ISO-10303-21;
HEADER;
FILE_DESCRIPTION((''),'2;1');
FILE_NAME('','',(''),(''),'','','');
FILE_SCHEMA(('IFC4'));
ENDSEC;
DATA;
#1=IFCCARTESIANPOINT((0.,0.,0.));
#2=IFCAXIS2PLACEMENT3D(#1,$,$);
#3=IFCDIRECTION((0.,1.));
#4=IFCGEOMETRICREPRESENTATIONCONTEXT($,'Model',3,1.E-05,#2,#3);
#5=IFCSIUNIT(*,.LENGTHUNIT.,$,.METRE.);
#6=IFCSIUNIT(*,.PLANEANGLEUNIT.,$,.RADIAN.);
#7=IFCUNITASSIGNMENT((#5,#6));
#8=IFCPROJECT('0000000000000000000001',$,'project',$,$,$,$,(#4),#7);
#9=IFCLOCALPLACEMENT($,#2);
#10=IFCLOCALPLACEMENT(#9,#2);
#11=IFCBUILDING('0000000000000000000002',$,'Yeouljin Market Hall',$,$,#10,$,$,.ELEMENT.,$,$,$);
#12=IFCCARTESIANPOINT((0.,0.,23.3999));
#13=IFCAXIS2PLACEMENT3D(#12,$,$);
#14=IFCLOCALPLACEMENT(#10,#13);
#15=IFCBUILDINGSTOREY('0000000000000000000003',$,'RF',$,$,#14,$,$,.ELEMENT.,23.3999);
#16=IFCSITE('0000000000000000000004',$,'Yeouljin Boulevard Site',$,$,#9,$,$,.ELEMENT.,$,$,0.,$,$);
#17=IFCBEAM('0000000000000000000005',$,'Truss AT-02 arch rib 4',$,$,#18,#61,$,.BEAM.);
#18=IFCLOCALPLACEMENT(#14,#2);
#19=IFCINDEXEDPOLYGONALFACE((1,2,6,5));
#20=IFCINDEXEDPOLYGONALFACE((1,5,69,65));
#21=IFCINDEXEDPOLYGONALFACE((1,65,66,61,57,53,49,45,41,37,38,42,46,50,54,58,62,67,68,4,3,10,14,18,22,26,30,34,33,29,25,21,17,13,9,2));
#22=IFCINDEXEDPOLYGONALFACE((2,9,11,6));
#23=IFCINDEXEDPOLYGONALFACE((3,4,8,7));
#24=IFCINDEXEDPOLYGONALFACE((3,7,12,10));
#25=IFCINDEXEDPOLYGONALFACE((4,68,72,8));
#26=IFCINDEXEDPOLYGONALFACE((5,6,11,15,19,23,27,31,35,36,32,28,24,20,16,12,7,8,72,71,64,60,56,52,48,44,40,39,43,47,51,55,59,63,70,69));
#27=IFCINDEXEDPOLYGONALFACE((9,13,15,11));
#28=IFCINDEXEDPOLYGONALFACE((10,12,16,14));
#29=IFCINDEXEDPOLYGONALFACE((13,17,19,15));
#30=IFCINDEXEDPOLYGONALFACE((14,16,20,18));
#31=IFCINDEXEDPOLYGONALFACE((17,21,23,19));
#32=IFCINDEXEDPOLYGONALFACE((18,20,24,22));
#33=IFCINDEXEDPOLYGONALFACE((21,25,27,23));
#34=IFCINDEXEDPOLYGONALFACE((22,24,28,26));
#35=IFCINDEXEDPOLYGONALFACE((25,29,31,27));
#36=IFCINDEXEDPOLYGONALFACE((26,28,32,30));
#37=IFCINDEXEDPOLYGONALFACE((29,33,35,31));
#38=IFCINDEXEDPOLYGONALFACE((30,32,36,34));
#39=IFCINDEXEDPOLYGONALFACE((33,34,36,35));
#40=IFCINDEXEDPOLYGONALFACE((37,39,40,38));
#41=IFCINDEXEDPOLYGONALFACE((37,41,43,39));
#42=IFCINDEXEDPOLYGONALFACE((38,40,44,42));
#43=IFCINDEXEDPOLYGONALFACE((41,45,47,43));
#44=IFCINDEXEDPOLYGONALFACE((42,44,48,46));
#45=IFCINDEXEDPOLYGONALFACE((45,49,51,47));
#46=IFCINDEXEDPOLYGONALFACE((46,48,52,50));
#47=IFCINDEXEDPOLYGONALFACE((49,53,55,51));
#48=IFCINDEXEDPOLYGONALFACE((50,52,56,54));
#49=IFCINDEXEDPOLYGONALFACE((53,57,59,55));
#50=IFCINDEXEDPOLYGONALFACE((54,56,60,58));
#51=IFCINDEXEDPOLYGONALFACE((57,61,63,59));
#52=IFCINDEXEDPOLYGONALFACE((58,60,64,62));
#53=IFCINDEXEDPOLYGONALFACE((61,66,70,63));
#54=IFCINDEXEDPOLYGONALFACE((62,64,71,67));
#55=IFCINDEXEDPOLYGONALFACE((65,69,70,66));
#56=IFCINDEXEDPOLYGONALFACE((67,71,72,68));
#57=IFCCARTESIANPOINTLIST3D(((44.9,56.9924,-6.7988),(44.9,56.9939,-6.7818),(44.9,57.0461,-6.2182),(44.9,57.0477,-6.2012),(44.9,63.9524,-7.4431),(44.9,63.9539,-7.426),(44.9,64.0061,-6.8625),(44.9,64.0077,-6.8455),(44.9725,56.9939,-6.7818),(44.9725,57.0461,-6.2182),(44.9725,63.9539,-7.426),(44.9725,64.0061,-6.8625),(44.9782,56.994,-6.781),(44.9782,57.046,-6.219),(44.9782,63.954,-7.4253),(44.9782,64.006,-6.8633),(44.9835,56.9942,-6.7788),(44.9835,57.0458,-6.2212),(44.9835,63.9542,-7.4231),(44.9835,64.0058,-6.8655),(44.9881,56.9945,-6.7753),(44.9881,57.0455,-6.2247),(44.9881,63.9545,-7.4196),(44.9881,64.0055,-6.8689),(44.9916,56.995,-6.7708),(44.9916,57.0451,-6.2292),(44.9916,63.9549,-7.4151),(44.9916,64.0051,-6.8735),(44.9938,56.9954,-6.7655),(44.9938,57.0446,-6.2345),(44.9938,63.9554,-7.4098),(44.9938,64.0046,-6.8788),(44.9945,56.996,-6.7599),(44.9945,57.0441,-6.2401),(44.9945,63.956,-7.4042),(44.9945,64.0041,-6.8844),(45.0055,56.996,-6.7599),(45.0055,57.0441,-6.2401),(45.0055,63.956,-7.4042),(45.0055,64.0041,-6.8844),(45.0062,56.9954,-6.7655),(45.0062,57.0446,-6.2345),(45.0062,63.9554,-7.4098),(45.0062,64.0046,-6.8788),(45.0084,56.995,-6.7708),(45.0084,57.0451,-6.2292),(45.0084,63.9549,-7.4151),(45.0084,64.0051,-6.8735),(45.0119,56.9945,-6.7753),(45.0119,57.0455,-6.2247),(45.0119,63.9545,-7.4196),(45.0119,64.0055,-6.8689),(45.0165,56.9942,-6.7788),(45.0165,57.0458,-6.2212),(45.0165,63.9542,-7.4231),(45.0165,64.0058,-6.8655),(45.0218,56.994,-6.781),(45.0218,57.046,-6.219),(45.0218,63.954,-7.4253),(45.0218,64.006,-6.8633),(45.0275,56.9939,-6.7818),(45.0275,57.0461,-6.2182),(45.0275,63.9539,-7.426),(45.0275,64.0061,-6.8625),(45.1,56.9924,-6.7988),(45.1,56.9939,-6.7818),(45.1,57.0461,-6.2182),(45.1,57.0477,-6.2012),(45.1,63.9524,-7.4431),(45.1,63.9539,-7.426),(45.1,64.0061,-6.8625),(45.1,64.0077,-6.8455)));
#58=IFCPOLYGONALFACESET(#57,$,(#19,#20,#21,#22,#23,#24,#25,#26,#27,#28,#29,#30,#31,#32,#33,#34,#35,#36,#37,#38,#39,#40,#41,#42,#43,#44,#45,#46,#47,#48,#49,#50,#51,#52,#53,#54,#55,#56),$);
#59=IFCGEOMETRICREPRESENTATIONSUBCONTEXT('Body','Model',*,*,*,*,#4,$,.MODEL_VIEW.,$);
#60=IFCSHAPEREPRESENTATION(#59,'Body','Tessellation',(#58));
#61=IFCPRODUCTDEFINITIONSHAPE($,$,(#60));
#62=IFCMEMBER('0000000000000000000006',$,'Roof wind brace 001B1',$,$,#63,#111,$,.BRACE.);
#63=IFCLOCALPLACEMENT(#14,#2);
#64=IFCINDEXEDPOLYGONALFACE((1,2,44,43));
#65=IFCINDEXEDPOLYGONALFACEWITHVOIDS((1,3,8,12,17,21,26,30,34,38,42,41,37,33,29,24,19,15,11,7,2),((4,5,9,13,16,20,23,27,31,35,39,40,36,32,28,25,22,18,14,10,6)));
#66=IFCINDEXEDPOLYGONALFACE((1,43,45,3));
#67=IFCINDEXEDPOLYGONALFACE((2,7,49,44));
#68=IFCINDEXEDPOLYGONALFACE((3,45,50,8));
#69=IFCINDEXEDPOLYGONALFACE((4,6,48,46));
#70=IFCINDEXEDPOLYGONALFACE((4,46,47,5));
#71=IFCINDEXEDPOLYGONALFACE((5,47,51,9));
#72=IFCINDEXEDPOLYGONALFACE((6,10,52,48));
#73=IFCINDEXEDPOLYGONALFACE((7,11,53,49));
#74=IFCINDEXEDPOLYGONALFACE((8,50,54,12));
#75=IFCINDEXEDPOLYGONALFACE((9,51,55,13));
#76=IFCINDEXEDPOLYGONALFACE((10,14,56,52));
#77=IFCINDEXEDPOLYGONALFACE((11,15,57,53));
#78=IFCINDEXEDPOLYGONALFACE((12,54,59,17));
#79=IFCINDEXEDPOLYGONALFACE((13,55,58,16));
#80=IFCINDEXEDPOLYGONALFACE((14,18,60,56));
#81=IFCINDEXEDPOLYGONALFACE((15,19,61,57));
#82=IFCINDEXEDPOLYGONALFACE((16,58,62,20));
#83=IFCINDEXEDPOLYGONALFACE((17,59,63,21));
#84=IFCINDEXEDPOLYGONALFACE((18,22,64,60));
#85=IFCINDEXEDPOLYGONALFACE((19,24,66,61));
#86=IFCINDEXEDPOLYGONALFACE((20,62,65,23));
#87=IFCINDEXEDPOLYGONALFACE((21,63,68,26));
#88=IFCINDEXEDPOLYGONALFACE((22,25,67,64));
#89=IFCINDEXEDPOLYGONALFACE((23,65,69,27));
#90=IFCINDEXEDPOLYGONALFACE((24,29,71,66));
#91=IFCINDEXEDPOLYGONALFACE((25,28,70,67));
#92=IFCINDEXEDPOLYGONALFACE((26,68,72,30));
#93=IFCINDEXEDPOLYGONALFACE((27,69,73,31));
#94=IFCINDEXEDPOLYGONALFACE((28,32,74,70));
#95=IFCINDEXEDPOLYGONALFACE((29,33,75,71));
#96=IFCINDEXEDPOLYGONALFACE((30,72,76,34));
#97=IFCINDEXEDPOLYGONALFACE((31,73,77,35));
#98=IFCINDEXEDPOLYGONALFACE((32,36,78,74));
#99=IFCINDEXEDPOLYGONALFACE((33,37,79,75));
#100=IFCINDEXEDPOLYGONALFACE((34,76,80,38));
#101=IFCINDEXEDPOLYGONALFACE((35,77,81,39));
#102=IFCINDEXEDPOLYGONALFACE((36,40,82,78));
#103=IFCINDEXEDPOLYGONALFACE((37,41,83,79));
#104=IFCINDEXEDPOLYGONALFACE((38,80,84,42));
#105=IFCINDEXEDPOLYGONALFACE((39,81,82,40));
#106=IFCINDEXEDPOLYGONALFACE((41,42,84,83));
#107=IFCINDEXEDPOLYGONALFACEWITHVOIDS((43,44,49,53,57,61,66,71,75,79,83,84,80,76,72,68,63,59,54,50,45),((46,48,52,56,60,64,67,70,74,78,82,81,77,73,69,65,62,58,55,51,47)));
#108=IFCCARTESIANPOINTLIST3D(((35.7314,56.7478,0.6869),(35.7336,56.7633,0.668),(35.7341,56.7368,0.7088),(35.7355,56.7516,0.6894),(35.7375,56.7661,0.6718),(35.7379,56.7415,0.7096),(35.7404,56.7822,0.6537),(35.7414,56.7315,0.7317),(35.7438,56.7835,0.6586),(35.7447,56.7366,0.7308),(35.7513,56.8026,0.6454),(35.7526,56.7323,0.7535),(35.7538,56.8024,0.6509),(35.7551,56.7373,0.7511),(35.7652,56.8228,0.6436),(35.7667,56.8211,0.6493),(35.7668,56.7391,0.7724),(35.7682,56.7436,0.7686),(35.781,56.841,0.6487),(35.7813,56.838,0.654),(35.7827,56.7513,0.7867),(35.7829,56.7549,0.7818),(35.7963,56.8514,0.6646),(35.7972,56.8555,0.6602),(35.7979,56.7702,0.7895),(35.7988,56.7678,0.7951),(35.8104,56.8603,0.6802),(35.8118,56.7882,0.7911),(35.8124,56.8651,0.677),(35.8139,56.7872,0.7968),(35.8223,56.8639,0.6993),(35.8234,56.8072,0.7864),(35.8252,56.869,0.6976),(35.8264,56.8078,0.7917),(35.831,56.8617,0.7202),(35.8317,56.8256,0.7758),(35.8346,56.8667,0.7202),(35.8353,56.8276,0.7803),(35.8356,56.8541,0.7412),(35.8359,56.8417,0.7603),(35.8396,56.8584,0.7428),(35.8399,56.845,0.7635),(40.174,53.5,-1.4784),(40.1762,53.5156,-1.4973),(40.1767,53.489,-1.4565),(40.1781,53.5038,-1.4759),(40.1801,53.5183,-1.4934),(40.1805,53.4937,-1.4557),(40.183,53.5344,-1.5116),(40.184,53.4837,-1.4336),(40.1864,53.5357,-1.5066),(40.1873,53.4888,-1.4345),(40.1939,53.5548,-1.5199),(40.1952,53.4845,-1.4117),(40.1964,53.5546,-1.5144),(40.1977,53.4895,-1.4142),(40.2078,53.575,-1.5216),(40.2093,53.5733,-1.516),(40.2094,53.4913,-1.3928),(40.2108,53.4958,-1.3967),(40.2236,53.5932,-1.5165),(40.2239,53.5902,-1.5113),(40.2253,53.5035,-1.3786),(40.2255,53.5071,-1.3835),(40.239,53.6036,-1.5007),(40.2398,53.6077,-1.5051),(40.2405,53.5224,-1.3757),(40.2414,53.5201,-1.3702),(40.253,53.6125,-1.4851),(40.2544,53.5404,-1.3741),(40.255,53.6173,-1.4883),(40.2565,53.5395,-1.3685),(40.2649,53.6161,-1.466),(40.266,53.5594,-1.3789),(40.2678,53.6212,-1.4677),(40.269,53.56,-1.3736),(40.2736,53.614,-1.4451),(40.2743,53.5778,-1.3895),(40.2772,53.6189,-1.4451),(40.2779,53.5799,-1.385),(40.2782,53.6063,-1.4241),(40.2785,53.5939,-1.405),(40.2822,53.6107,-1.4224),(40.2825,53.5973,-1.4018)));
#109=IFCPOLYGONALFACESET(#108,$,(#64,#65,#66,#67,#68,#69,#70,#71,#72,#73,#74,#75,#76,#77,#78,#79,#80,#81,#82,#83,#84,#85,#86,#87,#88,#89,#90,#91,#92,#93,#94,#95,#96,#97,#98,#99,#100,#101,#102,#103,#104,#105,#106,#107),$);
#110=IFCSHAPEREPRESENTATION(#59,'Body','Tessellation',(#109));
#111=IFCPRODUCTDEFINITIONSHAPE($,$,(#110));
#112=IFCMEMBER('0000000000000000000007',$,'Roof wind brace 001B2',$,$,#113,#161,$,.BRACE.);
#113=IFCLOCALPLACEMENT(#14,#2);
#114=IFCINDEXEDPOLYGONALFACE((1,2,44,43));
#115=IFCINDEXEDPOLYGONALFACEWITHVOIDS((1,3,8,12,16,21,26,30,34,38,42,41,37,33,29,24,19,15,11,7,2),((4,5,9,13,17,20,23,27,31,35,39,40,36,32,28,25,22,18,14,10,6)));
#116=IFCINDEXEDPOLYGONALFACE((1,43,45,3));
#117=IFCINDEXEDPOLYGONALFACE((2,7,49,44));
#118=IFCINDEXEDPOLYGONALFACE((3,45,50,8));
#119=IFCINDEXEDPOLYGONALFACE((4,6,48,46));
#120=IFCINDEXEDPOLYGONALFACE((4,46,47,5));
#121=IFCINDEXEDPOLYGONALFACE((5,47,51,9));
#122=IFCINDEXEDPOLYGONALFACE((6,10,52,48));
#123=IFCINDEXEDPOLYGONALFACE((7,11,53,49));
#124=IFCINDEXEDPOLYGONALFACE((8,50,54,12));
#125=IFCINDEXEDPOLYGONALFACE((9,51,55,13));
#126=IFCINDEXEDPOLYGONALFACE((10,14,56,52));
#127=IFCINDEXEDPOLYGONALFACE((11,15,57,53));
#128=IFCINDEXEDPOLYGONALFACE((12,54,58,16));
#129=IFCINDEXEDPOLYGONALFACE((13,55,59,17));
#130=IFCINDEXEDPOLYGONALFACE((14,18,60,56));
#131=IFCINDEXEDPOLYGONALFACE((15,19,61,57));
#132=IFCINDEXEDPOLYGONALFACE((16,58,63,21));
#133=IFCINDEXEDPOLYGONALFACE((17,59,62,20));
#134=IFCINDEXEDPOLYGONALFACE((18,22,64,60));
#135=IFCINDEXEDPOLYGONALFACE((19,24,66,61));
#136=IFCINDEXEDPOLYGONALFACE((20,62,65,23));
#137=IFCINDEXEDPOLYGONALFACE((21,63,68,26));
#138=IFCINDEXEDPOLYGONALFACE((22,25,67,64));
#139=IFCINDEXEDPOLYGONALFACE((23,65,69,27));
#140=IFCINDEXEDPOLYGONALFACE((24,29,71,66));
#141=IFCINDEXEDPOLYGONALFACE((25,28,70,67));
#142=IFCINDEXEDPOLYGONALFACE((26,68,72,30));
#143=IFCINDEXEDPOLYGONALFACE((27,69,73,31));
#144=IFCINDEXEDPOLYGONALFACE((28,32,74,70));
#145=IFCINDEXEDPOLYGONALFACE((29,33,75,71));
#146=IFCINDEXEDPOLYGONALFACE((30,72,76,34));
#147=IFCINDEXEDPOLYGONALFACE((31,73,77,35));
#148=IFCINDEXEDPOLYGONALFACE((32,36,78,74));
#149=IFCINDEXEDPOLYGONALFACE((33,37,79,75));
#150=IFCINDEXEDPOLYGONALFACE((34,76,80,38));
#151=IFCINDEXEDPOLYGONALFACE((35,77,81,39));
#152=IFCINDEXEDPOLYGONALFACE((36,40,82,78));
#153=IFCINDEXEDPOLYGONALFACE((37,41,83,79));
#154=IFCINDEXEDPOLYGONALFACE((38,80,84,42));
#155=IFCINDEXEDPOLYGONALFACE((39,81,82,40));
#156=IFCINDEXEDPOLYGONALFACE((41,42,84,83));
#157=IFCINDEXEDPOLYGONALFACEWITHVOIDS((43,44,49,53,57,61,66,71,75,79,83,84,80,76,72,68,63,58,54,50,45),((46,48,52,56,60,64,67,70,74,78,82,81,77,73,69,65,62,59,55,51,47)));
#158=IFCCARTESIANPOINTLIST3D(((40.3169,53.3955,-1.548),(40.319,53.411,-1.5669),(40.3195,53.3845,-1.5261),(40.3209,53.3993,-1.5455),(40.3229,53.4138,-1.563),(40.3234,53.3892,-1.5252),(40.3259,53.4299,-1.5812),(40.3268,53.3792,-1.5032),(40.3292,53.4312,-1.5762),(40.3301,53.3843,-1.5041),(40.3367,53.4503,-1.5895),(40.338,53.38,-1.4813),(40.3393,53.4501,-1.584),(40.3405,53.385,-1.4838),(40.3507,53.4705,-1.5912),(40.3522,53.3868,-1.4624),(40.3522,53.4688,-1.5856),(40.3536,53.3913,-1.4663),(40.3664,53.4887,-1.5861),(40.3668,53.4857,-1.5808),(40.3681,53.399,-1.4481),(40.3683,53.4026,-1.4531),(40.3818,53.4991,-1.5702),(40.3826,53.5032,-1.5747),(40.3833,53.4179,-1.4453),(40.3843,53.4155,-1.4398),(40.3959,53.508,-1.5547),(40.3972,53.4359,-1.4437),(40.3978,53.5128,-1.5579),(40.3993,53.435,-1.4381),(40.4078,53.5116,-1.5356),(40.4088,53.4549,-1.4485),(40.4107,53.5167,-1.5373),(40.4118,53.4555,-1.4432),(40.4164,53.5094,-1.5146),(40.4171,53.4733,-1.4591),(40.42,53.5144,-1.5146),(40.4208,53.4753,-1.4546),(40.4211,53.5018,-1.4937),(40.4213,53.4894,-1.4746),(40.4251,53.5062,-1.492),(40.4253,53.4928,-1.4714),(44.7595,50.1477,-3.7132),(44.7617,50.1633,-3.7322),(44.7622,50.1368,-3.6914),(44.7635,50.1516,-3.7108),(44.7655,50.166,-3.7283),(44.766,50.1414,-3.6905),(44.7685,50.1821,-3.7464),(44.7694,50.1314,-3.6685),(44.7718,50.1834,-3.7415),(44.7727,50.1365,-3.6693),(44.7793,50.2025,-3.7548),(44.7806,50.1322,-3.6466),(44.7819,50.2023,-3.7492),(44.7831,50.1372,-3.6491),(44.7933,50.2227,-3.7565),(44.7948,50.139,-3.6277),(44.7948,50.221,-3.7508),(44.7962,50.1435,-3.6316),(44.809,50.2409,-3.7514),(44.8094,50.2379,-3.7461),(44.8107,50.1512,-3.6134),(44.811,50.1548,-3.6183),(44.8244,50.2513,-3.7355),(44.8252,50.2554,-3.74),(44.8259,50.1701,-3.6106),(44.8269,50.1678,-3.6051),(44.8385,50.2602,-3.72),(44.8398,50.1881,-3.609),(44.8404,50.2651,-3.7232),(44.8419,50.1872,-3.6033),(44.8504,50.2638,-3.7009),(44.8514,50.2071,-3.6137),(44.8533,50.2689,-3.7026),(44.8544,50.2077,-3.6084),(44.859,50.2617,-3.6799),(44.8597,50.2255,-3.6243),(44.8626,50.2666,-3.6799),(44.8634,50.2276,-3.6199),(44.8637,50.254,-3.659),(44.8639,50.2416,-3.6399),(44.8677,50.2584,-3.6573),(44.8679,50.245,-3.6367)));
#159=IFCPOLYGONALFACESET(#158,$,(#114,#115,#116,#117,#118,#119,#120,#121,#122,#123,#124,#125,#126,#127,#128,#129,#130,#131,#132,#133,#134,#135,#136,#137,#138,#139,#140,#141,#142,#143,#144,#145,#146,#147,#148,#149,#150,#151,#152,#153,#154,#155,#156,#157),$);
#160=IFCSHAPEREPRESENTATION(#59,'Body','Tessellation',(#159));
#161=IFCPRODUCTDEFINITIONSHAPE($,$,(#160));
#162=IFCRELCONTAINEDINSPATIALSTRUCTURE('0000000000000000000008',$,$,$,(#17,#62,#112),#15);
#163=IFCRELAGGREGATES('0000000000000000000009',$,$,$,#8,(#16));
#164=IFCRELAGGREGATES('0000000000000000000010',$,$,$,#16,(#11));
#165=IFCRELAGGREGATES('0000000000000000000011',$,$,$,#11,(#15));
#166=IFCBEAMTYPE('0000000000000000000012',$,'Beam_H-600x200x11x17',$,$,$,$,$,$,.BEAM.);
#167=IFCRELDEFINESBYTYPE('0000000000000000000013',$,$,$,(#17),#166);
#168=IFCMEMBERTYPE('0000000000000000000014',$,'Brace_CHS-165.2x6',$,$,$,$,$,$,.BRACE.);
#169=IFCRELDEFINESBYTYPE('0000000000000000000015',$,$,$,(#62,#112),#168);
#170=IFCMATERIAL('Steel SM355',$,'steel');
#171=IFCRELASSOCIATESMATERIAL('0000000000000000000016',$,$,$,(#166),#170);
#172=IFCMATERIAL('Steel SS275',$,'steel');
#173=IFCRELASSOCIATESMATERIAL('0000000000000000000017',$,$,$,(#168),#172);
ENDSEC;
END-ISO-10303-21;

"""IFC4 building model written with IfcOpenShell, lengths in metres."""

from ifc_helpers import new_model, si_unit, direction, frame, origin, origin_2d, place, context, subcontext, project, spatial, hollow_circle, i_section, extrude, material, material_profile, profile_set, type_object, element, save


model = new_model("IFC4")

# Units and contexts
model_context = context("Model", 3, precision=1e-05, world=origin(), true_north=direction((0.0, 1.0)))
body_context = subcontext(model_context, "Body", "Model", "MODEL_VIEW")
ifc_project = project(units=[si_unit("LENGTHUNIT", "METRE"), si_unit("PLANEANGLEUNIT", "RADIAN")], contexts=[model_context])

# Site, building, storey
site_placement = place(None, origin())
site = spatial("IfcSite", under=ifc_project, at=site_placement, Name="Yeouljin Boulevard Site", CompositionType="ELEMENT", RefElevation=0.0)
building_placement = place(site_placement, origin())
building = spatial("IfcBuilding", under=site, at=building_placement, Name="Yeouljin Market Hall", CompositionType="ELEMENT")
storey_placement = place(building_placement, frame((0.0, 0.0, 23.3999)))
storey = spatial("IfcBuildingStorey", under=building, at=storey_placement, Name="RF", CompositionType="ELEMENT", Elevation=23.3999)

# Beam
ifc_material_1 = material(Name="Steel SM355", Category="steel")
ifc_material_profile_1 = material_profile(ifc_material_1, i_section(OverallWidth=0.2, OverallDepth=0.6001, WebThickness=0.011, FlangeThickness=0.0171, FilletRadius=0.022, at=origin_2d()), Name="H-600x200x11x17")
ifc_profile_set_1 = profile_set([ifc_material_profile_1], Name="Steel SM355")
beam_type = type_object("IfcBeamType", Name="Beam_H-600x200x11x17", PredefinedType="BEAM", material=ifc_profile_set_1)
beam_placement = place(storey_placement, frame((45.0, 57.02, -6.5), z_axis=(0.0, 0.995743, -0.092176), x_axis=(-1.0, 0.0, 0.0)))
element("IfcBeam", 1, at=beam_placement, inside=storey, type_object=beam_type, Name="Truss AT-02 arch rib 4", PredefinedType="BEAM", context=body_context, shape_type="SweptSolid", body=[
    extrude(i_section(OverallWidth=0.2, OverallDepth=0.6001, WebThickness=0.011, FlangeThickness=0.0171, FilletRadius=0.022, at=origin_2d()), origin(), (0.0, 0.0, 1.0), 6.9897),
])

# Members
ifc_material_2 = material(Name="Steel SS275", Category="steel")
ifc_material_profile_2 = material_profile(ifc_material_2, hollow_circle(Radius=0.0825, WallThickness=0.0061, at=origin_2d()), Name="CHS-165.2x6")
ifc_profile_set_2 = profile_set([ifc_material_profile_2], Name="Steel SS275")
member_type_1 = type_object("IfcMemberType", Name="Brace_CHS-165.2x6", PredefinedType="BRACE", material=ifc_profile_set_2)
for number, where, z_axis, x_axis, name in (
    (2, (35.7859, 56.8, 0.7202), (0.751224, -0.549186, -0.366138), (0.590167, 0.807281, 0.0), "Roof wind brace 001B1"),
    (3, (40.3713, 53.4478, -1.5146), (0.751224, -0.549186, -0.366138), (0.590167, 0.807281, 0.0), "Roof wind brace 001B2"),
):
    element("IfcMember", number, at=place(storey_placement, frame(where, z_axis=z_axis, x_axis=x_axis)), inside=storey, type_object=member_type_1, Name=name, PredefinedType="BRACE", context=body_context, shape_type="SweptSolid", body=[
        extrude(hollow_circle(Radius=0.0825, WallThickness=0.0061, at=origin_2d()), origin(), (0.0, 0.0, 1.0), 5.9138),
    ])

save(model, "model.ifc")
